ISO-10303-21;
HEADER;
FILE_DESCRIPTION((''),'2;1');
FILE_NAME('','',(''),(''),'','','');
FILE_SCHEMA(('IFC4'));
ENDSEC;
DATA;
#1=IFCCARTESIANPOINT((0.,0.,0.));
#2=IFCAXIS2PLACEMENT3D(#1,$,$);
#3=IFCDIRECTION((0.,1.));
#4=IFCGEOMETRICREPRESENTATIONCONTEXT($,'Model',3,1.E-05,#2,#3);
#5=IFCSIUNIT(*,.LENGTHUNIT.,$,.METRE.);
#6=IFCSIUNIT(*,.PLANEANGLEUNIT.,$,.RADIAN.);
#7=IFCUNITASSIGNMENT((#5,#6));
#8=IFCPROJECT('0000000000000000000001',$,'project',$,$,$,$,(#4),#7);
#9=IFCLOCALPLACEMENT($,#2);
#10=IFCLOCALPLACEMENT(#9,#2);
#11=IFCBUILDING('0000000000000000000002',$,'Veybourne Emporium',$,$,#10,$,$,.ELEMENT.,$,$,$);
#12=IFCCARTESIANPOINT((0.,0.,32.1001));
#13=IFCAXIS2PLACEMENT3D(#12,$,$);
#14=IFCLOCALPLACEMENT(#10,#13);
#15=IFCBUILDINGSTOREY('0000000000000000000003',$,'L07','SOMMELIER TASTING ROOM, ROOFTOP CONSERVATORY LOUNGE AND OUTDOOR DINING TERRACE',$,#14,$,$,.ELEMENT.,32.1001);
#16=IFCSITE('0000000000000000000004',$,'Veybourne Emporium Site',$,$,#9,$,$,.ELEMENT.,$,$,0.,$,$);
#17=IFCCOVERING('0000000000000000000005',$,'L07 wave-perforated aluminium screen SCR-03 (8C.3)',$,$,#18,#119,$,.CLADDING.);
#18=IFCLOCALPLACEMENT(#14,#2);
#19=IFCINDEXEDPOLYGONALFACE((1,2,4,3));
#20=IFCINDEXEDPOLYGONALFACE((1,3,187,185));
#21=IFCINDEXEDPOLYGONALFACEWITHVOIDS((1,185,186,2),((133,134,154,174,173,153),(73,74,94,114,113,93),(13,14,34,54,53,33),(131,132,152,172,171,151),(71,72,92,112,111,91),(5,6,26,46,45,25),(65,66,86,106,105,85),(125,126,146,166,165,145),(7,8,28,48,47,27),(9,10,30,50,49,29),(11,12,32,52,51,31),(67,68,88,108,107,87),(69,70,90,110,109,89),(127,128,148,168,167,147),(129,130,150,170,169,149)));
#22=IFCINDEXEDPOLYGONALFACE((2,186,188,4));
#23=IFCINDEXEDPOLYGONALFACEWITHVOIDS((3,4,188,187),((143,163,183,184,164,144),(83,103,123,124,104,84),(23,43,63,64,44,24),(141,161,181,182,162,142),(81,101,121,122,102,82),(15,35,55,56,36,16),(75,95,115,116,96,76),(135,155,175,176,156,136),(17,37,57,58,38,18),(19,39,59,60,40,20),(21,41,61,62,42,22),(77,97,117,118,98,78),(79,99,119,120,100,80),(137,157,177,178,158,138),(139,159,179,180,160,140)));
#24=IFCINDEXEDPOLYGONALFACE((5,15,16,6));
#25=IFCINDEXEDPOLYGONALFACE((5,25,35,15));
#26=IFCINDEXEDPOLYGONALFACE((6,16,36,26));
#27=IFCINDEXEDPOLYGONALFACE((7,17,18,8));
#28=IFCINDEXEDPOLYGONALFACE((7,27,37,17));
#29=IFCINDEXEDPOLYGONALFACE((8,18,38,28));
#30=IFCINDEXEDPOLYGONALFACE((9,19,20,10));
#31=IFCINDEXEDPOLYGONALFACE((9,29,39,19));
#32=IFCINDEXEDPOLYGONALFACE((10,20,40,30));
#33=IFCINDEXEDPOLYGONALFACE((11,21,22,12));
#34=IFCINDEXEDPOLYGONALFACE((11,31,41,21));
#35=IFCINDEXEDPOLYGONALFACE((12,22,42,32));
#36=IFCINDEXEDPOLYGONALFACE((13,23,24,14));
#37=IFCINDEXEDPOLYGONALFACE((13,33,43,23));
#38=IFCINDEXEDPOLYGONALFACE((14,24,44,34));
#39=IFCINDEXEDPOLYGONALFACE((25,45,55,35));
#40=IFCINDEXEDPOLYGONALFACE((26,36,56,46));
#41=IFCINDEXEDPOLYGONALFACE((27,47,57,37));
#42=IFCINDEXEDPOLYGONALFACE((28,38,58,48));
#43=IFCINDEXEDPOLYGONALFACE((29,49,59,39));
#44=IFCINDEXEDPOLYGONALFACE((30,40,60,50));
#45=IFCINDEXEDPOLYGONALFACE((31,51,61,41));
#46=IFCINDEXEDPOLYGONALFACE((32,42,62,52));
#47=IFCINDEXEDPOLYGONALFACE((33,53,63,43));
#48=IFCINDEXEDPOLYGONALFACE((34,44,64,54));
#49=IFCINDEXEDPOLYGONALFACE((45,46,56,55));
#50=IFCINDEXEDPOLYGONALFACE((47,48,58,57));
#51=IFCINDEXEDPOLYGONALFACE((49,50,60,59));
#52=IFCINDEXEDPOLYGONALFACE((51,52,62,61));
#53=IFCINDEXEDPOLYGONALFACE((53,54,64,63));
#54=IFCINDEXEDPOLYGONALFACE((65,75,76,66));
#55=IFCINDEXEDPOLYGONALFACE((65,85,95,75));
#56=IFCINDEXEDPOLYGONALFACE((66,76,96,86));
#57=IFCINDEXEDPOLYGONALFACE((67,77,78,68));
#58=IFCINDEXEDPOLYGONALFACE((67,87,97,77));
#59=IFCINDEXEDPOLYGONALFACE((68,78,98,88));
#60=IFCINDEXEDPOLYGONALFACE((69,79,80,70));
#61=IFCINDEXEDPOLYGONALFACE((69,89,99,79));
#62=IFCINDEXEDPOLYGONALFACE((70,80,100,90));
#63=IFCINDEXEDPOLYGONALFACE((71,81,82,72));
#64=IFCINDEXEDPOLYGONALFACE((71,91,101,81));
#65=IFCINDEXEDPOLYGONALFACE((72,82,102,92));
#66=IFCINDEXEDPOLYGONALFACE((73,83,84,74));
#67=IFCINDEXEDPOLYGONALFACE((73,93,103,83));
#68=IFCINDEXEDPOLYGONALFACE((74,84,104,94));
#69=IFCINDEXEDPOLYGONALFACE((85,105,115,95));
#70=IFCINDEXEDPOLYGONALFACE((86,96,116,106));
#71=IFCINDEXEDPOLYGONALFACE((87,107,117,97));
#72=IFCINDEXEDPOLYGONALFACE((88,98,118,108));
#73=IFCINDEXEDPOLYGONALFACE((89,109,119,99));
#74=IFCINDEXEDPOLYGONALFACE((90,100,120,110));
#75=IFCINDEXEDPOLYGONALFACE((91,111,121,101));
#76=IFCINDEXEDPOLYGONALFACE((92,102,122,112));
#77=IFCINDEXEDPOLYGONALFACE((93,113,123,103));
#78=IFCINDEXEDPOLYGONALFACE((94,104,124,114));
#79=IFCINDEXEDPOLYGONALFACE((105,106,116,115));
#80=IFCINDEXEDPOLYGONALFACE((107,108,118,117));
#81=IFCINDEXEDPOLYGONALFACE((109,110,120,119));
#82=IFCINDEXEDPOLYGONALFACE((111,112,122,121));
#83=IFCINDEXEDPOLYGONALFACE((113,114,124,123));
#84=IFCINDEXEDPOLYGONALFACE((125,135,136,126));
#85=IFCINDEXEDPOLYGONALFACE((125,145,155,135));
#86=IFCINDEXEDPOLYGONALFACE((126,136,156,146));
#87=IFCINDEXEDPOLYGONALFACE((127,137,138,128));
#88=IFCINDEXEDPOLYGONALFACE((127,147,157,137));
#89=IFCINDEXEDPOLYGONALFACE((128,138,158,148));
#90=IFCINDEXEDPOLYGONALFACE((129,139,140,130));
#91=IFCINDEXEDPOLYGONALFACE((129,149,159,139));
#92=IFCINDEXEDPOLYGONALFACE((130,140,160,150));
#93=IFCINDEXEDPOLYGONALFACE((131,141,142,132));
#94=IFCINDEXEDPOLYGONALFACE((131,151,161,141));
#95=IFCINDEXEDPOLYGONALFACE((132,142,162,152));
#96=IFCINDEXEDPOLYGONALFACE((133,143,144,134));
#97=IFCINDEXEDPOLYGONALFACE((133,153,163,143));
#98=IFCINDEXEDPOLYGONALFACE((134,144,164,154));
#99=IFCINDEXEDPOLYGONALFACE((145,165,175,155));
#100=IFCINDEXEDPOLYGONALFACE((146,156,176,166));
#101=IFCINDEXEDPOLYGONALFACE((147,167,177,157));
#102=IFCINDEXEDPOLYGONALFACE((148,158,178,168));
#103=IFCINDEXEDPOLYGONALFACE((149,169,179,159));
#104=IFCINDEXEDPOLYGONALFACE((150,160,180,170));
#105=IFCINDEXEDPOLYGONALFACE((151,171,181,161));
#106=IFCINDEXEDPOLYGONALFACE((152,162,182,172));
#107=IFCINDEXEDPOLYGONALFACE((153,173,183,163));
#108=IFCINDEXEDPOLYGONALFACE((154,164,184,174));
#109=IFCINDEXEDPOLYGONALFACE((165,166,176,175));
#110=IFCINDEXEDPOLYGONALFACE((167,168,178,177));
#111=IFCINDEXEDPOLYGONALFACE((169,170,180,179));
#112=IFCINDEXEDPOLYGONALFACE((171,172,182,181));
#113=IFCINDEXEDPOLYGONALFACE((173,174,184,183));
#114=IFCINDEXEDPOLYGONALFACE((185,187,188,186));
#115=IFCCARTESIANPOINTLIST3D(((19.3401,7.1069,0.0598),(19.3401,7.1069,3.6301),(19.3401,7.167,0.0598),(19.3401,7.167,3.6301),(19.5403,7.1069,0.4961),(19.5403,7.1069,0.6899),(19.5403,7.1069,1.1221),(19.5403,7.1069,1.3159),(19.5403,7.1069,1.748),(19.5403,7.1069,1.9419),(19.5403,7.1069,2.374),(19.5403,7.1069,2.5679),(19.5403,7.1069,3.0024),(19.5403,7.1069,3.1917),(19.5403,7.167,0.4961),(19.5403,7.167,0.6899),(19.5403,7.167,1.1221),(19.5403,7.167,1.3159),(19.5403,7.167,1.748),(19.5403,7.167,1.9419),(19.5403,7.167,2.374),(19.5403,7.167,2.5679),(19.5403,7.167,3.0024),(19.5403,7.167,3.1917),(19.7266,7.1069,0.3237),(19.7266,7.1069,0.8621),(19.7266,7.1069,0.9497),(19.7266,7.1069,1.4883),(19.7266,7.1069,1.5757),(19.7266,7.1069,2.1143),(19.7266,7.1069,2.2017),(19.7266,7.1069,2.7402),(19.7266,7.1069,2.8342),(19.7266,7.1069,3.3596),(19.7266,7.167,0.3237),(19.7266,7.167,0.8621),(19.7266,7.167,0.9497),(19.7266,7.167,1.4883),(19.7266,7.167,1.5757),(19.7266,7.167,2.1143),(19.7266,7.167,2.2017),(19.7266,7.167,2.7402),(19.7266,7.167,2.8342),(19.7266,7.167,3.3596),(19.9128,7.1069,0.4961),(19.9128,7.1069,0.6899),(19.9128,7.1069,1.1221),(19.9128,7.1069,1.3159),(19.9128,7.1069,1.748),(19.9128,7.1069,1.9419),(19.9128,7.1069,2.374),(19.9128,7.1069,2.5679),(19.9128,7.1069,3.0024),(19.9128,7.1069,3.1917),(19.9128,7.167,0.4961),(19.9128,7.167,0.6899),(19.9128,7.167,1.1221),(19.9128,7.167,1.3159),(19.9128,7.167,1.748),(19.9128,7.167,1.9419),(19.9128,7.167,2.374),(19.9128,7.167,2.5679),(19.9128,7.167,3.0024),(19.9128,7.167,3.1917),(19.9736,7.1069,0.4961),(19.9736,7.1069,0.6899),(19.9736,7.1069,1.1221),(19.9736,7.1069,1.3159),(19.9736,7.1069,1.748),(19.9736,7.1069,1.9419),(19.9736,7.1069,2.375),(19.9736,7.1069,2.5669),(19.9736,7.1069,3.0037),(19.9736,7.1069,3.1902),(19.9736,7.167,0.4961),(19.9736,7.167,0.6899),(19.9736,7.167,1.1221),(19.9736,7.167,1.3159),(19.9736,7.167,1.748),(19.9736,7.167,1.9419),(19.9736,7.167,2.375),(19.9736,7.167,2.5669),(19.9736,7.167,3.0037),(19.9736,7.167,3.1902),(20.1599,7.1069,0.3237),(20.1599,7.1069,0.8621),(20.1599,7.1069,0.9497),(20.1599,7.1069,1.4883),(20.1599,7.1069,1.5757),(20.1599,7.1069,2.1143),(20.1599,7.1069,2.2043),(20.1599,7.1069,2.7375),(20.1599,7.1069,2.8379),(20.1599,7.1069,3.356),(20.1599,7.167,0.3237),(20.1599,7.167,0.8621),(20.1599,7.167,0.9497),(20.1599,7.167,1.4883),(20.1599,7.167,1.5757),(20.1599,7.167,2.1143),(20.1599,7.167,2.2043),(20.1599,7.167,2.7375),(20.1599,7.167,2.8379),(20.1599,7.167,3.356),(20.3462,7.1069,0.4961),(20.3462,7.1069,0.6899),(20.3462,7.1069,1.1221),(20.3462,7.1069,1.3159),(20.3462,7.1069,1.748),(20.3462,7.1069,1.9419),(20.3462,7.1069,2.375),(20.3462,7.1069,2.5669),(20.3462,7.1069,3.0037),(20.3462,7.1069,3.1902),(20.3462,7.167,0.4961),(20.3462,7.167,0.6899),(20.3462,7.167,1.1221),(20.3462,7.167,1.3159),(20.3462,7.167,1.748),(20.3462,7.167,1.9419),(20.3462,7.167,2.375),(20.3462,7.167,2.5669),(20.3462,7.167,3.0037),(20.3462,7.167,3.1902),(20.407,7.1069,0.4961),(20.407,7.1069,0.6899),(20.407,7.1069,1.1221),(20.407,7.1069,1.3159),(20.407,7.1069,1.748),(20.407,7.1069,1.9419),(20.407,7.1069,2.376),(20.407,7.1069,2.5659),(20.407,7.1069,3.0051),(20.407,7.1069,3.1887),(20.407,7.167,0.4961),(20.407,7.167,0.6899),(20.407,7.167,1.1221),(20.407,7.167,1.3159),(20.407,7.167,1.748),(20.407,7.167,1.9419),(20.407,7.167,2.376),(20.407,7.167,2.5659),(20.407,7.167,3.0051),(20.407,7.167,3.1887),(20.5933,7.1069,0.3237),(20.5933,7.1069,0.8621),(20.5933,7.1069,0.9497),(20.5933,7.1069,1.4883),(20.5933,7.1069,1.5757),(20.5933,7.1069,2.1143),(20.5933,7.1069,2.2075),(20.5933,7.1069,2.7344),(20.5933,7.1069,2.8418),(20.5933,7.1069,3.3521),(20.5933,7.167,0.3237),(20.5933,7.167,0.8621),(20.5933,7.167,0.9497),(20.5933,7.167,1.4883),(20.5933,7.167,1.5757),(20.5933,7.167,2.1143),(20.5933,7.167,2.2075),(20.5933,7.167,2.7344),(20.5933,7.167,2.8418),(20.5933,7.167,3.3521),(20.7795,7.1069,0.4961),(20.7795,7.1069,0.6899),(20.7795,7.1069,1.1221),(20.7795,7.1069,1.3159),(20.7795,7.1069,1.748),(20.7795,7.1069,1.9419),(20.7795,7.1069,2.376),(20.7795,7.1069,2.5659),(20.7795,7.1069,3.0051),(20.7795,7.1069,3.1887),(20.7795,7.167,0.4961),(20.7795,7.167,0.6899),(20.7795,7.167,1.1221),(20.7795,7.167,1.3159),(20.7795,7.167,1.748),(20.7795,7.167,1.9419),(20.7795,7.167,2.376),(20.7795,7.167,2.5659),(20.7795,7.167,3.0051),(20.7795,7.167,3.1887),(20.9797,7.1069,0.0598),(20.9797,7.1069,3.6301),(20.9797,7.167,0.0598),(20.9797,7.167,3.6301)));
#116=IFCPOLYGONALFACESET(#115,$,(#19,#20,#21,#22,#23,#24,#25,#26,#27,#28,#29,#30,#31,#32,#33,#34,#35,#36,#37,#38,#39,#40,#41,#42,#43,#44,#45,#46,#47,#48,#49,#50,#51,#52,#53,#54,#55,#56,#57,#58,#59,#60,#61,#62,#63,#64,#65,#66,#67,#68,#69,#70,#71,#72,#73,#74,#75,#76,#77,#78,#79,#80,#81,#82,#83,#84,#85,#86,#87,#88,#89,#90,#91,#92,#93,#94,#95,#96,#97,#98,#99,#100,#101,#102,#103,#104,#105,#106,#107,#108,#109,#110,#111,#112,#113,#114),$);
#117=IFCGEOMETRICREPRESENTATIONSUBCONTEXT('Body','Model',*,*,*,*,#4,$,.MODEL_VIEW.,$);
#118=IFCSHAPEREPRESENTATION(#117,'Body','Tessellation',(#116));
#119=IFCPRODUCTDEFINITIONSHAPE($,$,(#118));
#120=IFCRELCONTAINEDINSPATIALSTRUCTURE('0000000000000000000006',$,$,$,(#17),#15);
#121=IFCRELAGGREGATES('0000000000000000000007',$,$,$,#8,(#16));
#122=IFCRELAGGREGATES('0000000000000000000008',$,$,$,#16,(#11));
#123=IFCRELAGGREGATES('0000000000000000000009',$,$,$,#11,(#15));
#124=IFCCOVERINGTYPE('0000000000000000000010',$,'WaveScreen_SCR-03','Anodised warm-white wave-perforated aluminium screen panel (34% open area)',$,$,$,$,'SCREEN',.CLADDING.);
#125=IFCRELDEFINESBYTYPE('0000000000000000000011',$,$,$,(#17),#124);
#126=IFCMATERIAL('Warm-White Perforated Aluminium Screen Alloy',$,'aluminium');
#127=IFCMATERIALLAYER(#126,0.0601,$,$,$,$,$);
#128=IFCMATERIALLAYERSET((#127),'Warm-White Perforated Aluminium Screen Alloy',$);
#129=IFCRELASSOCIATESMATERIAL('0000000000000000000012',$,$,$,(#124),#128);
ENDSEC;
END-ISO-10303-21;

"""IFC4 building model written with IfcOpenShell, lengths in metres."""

from ifc_helpers import new_model, si_unit, direction, frame, origin, place, context, subcontext, project, spatial, polyline, outline, extrude, material, layer, layer_set, type_object, element, save


model = new_model("IFC4")

# Units and contexts
model_context = context("Model", 3, precision=1e-05, world=origin(), true_north=direction((0.0, 1.0)))
body_context = subcontext(model_context, "Body", "Model", "MODEL_VIEW")
ifc_project = project(units=[si_unit("LENGTHUNIT", "METRE"), si_unit("PLANEANGLEUNIT", "RADIAN")], contexts=[model_context])

# Site, building, storey
site_placement = place(None, origin())
site = spatial("IfcSite", under=ifc_project, at=site_placement, Name="Veybourne Emporium Site", CompositionType="ELEMENT", RefElevation=0.0)
building_placement = place(site_placement, origin())
building = spatial("IfcBuilding", under=site, at=building_placement, Name="Veybourne Emporium", CompositionType="ELEMENT")
storey_placement = place(building_placement, frame((0.0, 0.0, 32.1001)))
storey = spatial("IfcBuildingStorey", under=building, at=storey_placement, Name="L07", Description="SOMMELIER TASTING ROOM, ROOFTOP CONSERVATORY LOUNGE AND OUTDOOR DINING TERRACE", CompositionType="ELEMENT", Elevation=32.1001)

# Covering
ifc_material_1 = material(Name="Warm-White Perforated Aluminium Screen Alloy", Category="aluminium")
ifc_layer_1 = layer(ifc_material_1, 0.0601)
ifc_layer_set_1 = layer_set([ifc_layer_1], Name="Warm-White Perforated Aluminium Screen Alloy")
covering_type_1 = type_object("IfcCoveringType", Name="WaveScreen_SCR-03", Description="Anodised warm-white wave-perforated aluminium screen panel (34% open area)", ElementType="SCREEN", PredefinedType="CLADDING", material=ifc_layer_set_1)
covering_1_placement = place(storey_placement, frame((20.1599, 7.1069, 1.845), z_axis=(0.0, 1.0, 0.0), x_axis=(-1.0, 0.0, 0.0)))
element("IfcCovering", 1, at=covering_1_placement, inside=storey, type_object=covering_type_1, Name="L07 wave-perforated aluminium screen SCR-03 (8C.3)", PredefinedType="CLADDING", context=body_context, shape_type="SweptSolid", body=[
    extrude(outline(polyline([(-0.8198, -1.7852), (0.8198, -1.7852), (0.8198, 1.7852), (-0.8198, 1.7852), (-0.8198, -1.7852)]), holes=[polyline([(-0.4333, -0.9829), (-0.2471, -1.155), (-0.2471, -1.3489), (-0.4333, -1.5212), (-0.6196, -1.3489), (-0.6196, -1.155), (-0.4333, -0.9829)]), polyline([(-0.4333, -0.3567), (-0.2471, -0.5291), (-0.2471, -0.7229), (-0.4333, -0.8953), (-0.6196, -0.7229), (-0.6196, -0.5291), (-0.4333, -0.3567)]), polyline([(-0.4333, 0.2693), (-0.2471, 0.0969), (-0.2471, -0.0969), (-0.4333, -0.2693), (-0.6196, -0.0969), (-0.6196, 0.0969), (-0.4333, 0.2693)]), polyline([(-0.4333, 0.8894), (-0.2471, 0.7209), (-0.2471, 0.531), (-0.4333, 0.3625), (-0.6196, 0.531), (-0.6196, 0.7209), (-0.4333, 0.8894)]), polyline([(-0.4333, 1.5071), (-0.2471, 1.3438), (-0.2471, 1.1602), (-0.4333, 0.9968), (-0.6196, 1.1602), (-0.6196, 1.3438), (-0.4333, 1.5071)]), polyline([(0.0, -0.9829), (0.1863, -1.155), (0.1863, -1.3489), (0.0, -1.5212), (-0.1863, -1.3489), (-0.1863, -1.155), (0.0, -0.9829)]), polyline([(0.0, -0.3567), (0.1863, -0.5291), (0.1863, -0.7229), (0.0, -0.8953), (-0.1863, -0.7229), (-0.1863, -0.5291), (0.0, -0.3567)]), polyline([(0.0, 0.2693), (0.1863, 0.0969), (0.1863, -0.0969), (0.0, -0.2693), (-0.1863, -0.0969), (-0.1863, 0.0969), (0.0, 0.2693)]), polyline([(0.0, 0.8926), (0.1863, 0.7219), (0.1863, 0.53), (0.0, 0.3594), (-0.1863, 0.53), (-0.1863, 0.7219), (0.0, 0.8926)]), polyline([(0.0, 1.511), (0.1863, 1.3452), (0.1863, 1.1587), (0.0, 0.9929), (-0.1863, 1.1587), (-0.1863, 1.3452), (0.0, 1.511)]), polyline([(0.4333, -0.9829), (0.6196, -1.155), (0.6196, -1.3489), (0.4333, -1.5212), (0.2471, -1.3489), (0.2471, -1.155), (0.4333, -0.9829)]), polyline([(0.4333, -0.3567), (0.6196, -0.5291), (0.6196, -0.7229), (0.4333, -0.8953), (0.2471, -0.7229), (0.2471, -0.5291), (0.4333, -0.3567)]), polyline([(0.4333, 0.2693), (0.6196, 0.0969), (0.6196, -0.0969), (0.4333, -0.2693), (0.2471, -0.0969), (0.2471, 0.0969), (0.4333, 0.2693)]), polyline([(0.4333, 0.8953), (0.6196, 0.7229), (0.6196, 0.5291), (0.4333, 0.3567), (0.2471, 0.5291), (0.2471, 0.7229), (0.4333, 0.8953)]), polyline([(0.4333, 1.5146), (0.6196, 1.3467), (0.6196, 1.1575), (0.4333, 0.9893), (0.2471, 1.1575), (0.2471, 1.3467), (0.4333, 1.5146)])]), origin(), (0.0, 0.0, 1.0), 0.0601),
])

save(model, "model.ifc")
